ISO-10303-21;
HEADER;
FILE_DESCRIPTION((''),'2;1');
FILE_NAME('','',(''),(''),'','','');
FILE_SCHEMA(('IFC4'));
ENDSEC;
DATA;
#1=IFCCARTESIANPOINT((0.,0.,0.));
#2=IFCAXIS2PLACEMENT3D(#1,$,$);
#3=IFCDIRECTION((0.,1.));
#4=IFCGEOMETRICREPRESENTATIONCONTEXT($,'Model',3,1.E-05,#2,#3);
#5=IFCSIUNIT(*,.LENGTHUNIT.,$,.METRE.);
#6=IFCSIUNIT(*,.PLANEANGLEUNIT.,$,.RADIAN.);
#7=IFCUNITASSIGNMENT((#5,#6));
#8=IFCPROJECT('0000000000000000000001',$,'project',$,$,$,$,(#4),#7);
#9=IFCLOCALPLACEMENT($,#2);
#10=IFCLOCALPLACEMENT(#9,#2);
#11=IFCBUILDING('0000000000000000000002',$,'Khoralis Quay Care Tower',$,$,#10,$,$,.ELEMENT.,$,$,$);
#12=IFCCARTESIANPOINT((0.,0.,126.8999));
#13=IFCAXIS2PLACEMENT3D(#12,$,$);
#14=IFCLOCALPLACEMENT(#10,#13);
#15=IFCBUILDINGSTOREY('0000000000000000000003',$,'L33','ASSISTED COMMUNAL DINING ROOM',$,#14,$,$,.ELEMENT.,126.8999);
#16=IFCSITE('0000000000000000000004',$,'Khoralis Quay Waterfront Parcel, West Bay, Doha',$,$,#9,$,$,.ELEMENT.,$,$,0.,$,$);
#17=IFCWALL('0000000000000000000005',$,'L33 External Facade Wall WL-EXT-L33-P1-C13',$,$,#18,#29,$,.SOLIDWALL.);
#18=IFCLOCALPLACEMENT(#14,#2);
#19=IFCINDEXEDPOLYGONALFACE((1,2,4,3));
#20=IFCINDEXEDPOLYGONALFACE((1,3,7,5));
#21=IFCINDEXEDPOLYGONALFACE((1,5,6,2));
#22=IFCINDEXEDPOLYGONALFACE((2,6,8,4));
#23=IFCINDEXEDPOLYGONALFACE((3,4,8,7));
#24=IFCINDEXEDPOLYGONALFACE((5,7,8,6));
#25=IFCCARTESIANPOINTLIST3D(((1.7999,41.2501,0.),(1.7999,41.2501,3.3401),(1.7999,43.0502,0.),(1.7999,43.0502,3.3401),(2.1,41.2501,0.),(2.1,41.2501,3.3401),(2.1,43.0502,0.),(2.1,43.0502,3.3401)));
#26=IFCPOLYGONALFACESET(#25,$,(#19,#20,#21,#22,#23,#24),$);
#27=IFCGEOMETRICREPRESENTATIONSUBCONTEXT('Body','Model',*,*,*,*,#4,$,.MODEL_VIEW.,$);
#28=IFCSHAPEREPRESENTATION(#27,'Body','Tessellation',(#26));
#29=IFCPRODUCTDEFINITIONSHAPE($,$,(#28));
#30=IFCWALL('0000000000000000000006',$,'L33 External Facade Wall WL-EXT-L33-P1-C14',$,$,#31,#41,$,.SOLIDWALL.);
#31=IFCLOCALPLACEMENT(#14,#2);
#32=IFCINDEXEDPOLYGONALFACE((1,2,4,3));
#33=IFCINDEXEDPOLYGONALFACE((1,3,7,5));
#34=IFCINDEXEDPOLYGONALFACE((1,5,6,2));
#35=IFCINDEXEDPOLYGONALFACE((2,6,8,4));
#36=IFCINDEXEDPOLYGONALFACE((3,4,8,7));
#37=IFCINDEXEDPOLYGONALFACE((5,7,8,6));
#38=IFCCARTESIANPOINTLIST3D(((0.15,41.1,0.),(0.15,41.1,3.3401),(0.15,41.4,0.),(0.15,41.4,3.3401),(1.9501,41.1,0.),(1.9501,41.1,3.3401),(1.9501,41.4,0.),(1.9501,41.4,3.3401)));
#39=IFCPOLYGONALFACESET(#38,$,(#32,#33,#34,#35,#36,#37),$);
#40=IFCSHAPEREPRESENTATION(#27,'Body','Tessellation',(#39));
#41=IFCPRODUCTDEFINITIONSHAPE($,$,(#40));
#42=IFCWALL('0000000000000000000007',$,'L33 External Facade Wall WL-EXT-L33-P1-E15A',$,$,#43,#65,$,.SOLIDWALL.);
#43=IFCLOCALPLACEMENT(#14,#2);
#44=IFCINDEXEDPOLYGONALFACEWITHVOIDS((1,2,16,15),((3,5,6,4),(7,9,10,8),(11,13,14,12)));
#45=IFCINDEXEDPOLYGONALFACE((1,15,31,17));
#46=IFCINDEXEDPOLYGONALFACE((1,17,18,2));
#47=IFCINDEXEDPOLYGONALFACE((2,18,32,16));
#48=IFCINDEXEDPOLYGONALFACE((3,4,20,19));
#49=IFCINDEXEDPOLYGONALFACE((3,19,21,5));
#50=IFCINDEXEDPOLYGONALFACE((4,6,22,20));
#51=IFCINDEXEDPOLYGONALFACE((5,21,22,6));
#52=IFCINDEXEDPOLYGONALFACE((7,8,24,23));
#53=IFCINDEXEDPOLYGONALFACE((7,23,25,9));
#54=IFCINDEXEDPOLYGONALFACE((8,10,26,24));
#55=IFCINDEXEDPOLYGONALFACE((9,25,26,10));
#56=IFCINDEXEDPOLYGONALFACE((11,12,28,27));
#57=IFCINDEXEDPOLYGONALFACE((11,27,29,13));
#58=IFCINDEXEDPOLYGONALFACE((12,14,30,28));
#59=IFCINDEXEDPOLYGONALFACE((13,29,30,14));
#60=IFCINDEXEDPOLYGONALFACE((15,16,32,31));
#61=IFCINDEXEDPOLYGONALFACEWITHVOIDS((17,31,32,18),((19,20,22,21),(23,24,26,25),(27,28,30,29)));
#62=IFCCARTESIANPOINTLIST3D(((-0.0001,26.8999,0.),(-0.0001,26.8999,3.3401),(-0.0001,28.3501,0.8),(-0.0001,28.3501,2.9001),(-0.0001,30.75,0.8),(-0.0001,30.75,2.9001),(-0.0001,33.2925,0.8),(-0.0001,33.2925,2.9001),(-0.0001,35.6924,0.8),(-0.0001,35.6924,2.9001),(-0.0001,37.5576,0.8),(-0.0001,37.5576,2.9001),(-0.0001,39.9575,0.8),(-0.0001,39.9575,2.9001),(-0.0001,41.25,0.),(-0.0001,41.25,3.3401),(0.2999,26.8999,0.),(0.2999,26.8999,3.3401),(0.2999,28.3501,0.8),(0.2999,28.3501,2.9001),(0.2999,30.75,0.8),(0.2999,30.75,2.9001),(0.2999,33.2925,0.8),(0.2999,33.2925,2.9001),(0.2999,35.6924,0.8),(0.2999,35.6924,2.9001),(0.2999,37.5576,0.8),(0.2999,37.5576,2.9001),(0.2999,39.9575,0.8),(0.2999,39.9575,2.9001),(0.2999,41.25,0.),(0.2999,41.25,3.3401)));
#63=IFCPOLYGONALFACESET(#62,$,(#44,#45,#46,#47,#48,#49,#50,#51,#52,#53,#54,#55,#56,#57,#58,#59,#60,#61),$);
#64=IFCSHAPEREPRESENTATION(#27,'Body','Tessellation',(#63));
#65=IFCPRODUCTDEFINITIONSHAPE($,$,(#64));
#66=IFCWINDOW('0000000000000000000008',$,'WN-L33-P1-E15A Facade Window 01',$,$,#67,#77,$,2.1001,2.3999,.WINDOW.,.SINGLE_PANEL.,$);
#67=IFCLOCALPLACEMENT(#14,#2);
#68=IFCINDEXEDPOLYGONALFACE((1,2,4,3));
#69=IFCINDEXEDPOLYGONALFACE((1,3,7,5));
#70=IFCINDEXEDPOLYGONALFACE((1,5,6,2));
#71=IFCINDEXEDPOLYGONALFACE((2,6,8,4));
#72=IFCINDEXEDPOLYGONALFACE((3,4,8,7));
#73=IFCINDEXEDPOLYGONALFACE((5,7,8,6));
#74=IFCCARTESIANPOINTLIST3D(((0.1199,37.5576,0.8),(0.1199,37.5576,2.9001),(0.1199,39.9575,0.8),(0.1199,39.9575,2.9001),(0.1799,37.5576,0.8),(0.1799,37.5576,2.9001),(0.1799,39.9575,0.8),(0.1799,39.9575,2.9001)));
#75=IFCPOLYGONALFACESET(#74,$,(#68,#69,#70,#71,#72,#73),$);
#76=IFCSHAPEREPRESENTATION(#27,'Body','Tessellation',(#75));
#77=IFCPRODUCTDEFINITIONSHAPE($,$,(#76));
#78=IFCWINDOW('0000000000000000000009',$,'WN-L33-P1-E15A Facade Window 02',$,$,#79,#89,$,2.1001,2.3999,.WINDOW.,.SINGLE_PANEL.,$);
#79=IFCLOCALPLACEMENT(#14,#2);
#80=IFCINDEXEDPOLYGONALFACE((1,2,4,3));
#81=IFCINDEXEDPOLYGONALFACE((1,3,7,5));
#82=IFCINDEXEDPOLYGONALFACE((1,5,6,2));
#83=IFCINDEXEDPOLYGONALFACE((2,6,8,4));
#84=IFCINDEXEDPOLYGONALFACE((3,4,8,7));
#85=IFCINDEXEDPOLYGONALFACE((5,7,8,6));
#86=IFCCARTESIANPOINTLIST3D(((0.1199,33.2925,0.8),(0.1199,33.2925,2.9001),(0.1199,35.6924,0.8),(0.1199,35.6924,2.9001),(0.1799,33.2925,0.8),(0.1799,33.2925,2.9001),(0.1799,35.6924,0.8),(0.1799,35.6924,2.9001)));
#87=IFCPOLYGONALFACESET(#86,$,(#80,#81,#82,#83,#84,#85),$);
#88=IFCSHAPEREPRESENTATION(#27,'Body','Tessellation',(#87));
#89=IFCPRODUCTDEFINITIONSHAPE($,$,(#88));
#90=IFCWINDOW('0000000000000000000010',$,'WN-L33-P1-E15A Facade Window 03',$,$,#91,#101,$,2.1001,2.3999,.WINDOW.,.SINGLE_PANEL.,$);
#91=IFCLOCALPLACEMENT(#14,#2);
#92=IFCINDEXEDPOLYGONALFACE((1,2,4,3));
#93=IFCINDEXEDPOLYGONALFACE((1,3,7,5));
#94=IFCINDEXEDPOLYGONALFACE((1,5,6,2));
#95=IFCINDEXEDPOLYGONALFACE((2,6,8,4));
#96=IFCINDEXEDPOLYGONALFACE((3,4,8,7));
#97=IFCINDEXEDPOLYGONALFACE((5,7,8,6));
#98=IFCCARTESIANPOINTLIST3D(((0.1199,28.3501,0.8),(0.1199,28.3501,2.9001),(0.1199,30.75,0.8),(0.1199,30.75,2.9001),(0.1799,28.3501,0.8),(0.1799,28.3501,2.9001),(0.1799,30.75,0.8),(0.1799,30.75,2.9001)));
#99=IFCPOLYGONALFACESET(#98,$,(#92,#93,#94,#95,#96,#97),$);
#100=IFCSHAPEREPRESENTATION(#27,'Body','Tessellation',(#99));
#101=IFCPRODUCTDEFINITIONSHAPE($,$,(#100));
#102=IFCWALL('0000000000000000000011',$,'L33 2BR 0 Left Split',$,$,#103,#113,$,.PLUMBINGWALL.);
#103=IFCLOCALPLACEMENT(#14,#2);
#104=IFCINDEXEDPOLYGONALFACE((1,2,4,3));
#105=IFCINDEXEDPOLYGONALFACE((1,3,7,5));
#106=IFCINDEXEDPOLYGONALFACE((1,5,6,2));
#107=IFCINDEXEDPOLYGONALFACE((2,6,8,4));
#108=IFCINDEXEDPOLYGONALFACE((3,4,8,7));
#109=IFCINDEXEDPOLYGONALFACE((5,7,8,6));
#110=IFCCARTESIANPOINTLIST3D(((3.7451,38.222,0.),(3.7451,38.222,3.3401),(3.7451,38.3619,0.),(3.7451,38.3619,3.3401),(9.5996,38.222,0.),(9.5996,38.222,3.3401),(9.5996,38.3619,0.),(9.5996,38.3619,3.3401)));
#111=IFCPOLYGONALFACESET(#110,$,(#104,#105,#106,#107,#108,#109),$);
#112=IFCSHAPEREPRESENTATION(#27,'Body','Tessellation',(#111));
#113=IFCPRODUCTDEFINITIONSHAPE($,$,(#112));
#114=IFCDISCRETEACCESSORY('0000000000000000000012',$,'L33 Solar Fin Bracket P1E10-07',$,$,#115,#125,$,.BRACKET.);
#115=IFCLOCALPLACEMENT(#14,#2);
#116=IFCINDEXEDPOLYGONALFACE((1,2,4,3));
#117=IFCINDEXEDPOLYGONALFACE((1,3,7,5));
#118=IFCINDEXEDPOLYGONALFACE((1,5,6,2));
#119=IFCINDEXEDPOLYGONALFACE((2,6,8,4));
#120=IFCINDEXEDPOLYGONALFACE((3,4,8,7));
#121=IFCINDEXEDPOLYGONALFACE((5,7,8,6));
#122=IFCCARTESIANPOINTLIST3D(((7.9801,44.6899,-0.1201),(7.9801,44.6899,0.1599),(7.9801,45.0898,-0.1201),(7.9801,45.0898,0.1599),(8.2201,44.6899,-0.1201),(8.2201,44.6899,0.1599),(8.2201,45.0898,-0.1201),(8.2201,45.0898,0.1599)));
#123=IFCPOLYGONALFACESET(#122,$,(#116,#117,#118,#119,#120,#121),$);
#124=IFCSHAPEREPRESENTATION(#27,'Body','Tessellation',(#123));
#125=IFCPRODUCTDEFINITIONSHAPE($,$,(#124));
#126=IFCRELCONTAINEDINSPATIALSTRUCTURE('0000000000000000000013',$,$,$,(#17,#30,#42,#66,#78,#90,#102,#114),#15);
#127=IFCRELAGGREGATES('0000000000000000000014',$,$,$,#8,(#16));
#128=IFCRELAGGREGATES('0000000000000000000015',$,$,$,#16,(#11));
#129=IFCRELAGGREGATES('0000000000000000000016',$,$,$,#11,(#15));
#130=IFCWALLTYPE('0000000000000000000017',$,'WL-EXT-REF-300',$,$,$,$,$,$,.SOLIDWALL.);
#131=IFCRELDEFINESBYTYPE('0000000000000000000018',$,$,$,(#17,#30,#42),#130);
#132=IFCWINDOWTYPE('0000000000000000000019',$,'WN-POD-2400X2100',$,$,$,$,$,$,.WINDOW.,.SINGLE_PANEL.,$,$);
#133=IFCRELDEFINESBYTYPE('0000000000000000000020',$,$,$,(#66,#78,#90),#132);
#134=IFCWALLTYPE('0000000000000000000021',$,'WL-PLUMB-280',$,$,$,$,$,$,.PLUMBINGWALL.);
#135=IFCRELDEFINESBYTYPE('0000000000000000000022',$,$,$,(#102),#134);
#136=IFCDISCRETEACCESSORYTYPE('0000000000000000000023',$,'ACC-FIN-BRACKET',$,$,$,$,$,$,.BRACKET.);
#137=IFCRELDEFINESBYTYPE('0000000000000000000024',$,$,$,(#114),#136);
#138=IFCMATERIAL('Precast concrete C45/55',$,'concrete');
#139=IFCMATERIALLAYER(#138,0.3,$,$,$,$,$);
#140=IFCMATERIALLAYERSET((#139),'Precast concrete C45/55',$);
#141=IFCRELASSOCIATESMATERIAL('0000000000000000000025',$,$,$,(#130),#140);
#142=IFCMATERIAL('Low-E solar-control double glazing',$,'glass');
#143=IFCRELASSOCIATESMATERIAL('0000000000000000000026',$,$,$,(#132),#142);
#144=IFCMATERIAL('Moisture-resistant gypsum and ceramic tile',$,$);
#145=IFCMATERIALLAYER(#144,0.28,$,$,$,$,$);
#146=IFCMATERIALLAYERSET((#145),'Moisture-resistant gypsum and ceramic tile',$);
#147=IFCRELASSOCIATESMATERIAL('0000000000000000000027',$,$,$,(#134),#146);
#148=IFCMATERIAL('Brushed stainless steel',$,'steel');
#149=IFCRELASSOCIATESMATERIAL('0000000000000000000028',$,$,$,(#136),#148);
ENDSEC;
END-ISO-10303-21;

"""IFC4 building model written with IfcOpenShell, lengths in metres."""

from ifc_helpers import new_model, si_unit, direction, frame, frame_2d, origin, origin_2d, place, context, subcontext, project, spatial, rectangle, extrude, source, transform, mapped, material, layer, layer_set, type_object, element, fill, save


model = new_model("IFC4")

# Units and contexts
model_context = context("Model", 3, precision=1e-05, world=origin(), true_north=direction((0.0, 1.0)))
body_context = subcontext(model_context, "Body", "Model", "MODEL_VIEW")
ifc_project = project(units=[si_unit("LENGTHUNIT", "METRE"), si_unit("PLANEANGLEUNIT", "RADIAN")], contexts=[model_context])

# Site, building, storey
site_placement = place(None, origin())
site = spatial("IfcSite", under=ifc_project, at=site_placement, Name="Khoralis Quay Waterfront Parcel, West Bay, Doha", CompositionType="ELEMENT", RefElevation=0.0)
building_placement = place(site_placement, origin())
building = spatial("IfcBuilding", under=site, at=building_placement, Name="Khoralis Quay Care Tower", CompositionType="ELEMENT")
storey_placement = place(building_placement, frame((0.0, 0.0, 126.8999)))
storey = spatial("IfcBuildingStorey", under=building, at=storey_placement, Name="L33", Description="ASSISTED COMMUNAL DINING ROOM", CompositionType="ELEMENT", Elevation=126.8999)

# Walls
ifc_material_1 = material(Name="Precast concrete C45/55", Category="concrete")
ifc_layer_1 = layer(ifc_material_1, 0.3)
ifc_layer_set_1 = layer_set([ifc_layer_1], Name="Precast concrete C45/55")
wall_type_1 = type_object("IfcWallType", Name="WL-EXT-REF-300", PredefinedType="SOLIDWALL", material=ifc_layer_set_1)
for number, where, z_axis, x_axis, name in (
    (1, (1.95, 43.05, 0.0), (0.0, 0.0, 1.0), (0.0, -1.0, 0.0), "L33 External Facade Wall WL-EXT-L33-P1-C13"),
    (2, (1.95, 41.25, 0.0), (0.0, 0.0, 1.0), (-1.0, 0.0, 0.0), "L33 External Facade Wall WL-EXT-L33-P1-C14"),
):
    element("IfcWall", number, at=place(storey_placement, frame(where, z_axis=z_axis, x_axis=x_axis)), inside=storey, type_object=wall_type_1, Name=name, PredefinedType="SOLIDWALL", context=body_context, shape_type="SweptSolid", body=[
        extrude(rectangle(XDim=1.8, YDim=0.3, at=frame_2d((0.8999, 0.0))), origin(), (0.0, 0.0, 1.0), 3.3401),
    ])

# Wall, openings, windows
wall_1_placement = place(storey_placement, frame((0.1499, 41.25, 0.0), z_axis=(0.0, 0.0, 1.0), x_axis=(0.0, -1.0, 0.0)))
wall_1 = element("IfcWall", 3, at=wall_1_placement, inside=storey, type_object=wall_type_1, Name="L33 External Facade Wall WL-EXT-L33-P1-E15A", PredefinedType="SOLIDWALL", context=body_context, shape_type="SweptSolid", body=[
    extrude(rectangle(XDim=14.3501, YDim=0.3, at=frame_2d((7.175, 0.0))), origin(), (0.0, 0.0, 1.0), 3.3401),
])
opening_1_placement = place(wall_1_placement, frame((1.2925, 0.0, 0.8)))
opening_1 = element("IfcOpeningElement", 4, at=opening_1_placement, cuts=wall_1, PredefinedType="OPENING", context=body_context, shape_type="SweptSolid", body=[
    extrude(rectangle(XDim=2.3999, YDim=2.1001, at=frame_2d((1.2, 1.05))), frame((0.0, 0.1602, 0.0), z_axis=(0.0, -1.0, 0.0), x_axis=(1.0, 0.0, 0.0)), (0.0, 0.0, 1.0), 0.3201),
])
opening_2_placement = place(wall_1_placement, frame((5.5576, 0.0, 0.8)))
opening_2 = element("IfcOpeningElement", 5, at=opening_2_placement, cuts=wall_1, PredefinedType="OPENING", context=body_context, shape_type="SweptSolid", body=[
    extrude(rectangle(XDim=2.3999, YDim=2.1001, at=frame_2d((1.2, 1.05))), frame((0.0, 0.1602, 0.0), z_axis=(0.0, -1.0, 0.0), x_axis=(1.0, 0.0, 0.0)), (0.0, 0.0, 1.0), 0.3201),
])
opening_3_placement = place(wall_1_placement, frame((10.5, 0.0, 0.8)))
opening_3 = element("IfcOpeningElement", 6, at=opening_3_placement, cuts=wall_1, PredefinedType="OPENING", context=body_context, shape_type="SweptSolid", body=[
    extrude(rectangle(XDim=2.3999, YDim=2.1001, at=frame_2d((1.2, 1.05))), frame((0.0, 0.1602, 0.0), z_axis=(0.0, -1.0, 0.0), x_axis=(1.0, 0.0, 0.0)), (0.0, 0.0, 1.0), 0.3201),
])
ifc_material_2 = material(Name="Low-E solar-control double glazing", Category="glass")
window_type = type_object("IfcWindowType", Name="WN-POD-2400X2100", PartitioningType="SINGLE_PANEL", PredefinedType="WINDOW", material=ifc_material_2)
shared_shape_1 = source(origin(), body_context, "Body", "SweptSolid", [
    extrude(rectangle(XDim=2.3999, YDim=2.1001, at=frame_2d((1.2, 1.05))), frame((0.0, 0.03, 0.0), z_axis=(0.0, -1.0, 0.0), x_axis=(1.0, 0.0, 0.0)), (0.0, 0.0, 1.0), 0.0601),
])
window_1_placement = place(opening_1_placement, origin())
window_1 = element("IfcWindow", 7, at=window_1_placement, inside=storey, type_object=window_type, Name="WN-L33-P1-E15A Facade Window 01", OverallHeight=2.1001, OverallWidth=2.3999, PartitioningType="SINGLE_PANEL", PredefinedType="WINDOW", context=body_context, shape_type="MappedRepresentation", body=[
    mapped(shared_shape_1, transform((0.0, 0.0, 0.0), scale=1.0)),
])
fill(opening_1, window_1)
window_2_placement = place(opening_2_placement, origin())
window_2 = element("IfcWindow", 8, at=window_2_placement, inside=storey, type_object=window_type, Name="WN-L33-P1-E15A Facade Window 02", OverallHeight=2.1001, OverallWidth=2.3999, PartitioningType="SINGLE_PANEL", PredefinedType="WINDOW", context=body_context, shape_type="MappedRepresentation", body=[
    mapped(shared_shape_1, transform((0.0, 0.0, 0.0), scale=1.0)),
])
fill(opening_2, window_2)
window_3_placement = place(opening_3_placement, origin())
window_3 = element("IfcWindow", 9, at=window_3_placement, inside=storey, type_object=window_type, Name="WN-L33-P1-E15A Facade Window 03", OverallHeight=2.1001, OverallWidth=2.3999, PartitioningType="SINGLE_PANEL", PredefinedType="WINDOW", context=body_context, shape_type="MappedRepresentation", body=[
    mapped(shared_shape_1, transform((0.0, 0.0, 0.0), scale=1.0)),
])
fill(opening_3, window_3)

# Wall
ifc_material_3 = material(Name="Moisture-resistant gypsum and ceramic tile")
ifc_layer_2 = layer(ifc_material_3, 0.28)
ifc_layer_set_2 = layer_set([ifc_layer_2], Name="Moisture-resistant gypsum and ceramic tile")
wall_type_2 = type_object("IfcWallType", Name="WL-PLUMB-280", PredefinedType="PLUMBINGWALL", material=ifc_layer_set_2)
wall_2_placement = place(storey_placement, frame((3.7451, 38.292, 0.0), z_axis=(0.0, 0.0, 1.0), x_axis=(1.0, 0.0, 0.0)))
element("IfcWall", 10, at=wall_2_placement, inside=storey, type_object=wall_type_2, Name="L33 2BR 0 Left Split", PredefinedType="PLUMBINGWALL", context=body_context, shape_type="SweptSolid", body=[
    extrude(rectangle(XDim=5.8545, YDim=0.1399, at=frame_2d((2.9272, 0.0))), origin(), (0.0, 0.0, 1.0), 3.3401),
])

# Discrete accessory
ifc_material_4 = material(Name="Brushed stainless steel", Category="steel")
discrete_accessory_type = type_object("IfcDiscreteAccessoryType", Name="ACC-FIN-BRACKET", PredefinedType="BRACKET", material=ifc_material_4)
shared_shape_2 = source(origin(), body_context, "Body", "SweptSolid", [
    extrude(rectangle(XDim=0.3999, YDim=0.24, at=origin_2d()), origin(), (0.0, 0.0, 1.0), 0.28),
])
discrete_accessory_placement = place(storey_placement, frame((8.1001, 44.8899, -0.1201), z_axis=(0.0, 0.0, 1.0), x_axis=(0.0, 1.0, 0.0)))
element("IfcDiscreteAccessory", 11, at=discrete_accessory_placement, inside=storey, type_object=discrete_accessory_type, Name="L33 Solar Fin Bracket P1E10-07", PredefinedType="BRACKET", context=body_context, shape_type="MappedRepresentation", body=[
    mapped(shared_shape_2, transform((0.0, 0.0, 0.0), scale=1.0)),
])

save(model, "model.ifc")
